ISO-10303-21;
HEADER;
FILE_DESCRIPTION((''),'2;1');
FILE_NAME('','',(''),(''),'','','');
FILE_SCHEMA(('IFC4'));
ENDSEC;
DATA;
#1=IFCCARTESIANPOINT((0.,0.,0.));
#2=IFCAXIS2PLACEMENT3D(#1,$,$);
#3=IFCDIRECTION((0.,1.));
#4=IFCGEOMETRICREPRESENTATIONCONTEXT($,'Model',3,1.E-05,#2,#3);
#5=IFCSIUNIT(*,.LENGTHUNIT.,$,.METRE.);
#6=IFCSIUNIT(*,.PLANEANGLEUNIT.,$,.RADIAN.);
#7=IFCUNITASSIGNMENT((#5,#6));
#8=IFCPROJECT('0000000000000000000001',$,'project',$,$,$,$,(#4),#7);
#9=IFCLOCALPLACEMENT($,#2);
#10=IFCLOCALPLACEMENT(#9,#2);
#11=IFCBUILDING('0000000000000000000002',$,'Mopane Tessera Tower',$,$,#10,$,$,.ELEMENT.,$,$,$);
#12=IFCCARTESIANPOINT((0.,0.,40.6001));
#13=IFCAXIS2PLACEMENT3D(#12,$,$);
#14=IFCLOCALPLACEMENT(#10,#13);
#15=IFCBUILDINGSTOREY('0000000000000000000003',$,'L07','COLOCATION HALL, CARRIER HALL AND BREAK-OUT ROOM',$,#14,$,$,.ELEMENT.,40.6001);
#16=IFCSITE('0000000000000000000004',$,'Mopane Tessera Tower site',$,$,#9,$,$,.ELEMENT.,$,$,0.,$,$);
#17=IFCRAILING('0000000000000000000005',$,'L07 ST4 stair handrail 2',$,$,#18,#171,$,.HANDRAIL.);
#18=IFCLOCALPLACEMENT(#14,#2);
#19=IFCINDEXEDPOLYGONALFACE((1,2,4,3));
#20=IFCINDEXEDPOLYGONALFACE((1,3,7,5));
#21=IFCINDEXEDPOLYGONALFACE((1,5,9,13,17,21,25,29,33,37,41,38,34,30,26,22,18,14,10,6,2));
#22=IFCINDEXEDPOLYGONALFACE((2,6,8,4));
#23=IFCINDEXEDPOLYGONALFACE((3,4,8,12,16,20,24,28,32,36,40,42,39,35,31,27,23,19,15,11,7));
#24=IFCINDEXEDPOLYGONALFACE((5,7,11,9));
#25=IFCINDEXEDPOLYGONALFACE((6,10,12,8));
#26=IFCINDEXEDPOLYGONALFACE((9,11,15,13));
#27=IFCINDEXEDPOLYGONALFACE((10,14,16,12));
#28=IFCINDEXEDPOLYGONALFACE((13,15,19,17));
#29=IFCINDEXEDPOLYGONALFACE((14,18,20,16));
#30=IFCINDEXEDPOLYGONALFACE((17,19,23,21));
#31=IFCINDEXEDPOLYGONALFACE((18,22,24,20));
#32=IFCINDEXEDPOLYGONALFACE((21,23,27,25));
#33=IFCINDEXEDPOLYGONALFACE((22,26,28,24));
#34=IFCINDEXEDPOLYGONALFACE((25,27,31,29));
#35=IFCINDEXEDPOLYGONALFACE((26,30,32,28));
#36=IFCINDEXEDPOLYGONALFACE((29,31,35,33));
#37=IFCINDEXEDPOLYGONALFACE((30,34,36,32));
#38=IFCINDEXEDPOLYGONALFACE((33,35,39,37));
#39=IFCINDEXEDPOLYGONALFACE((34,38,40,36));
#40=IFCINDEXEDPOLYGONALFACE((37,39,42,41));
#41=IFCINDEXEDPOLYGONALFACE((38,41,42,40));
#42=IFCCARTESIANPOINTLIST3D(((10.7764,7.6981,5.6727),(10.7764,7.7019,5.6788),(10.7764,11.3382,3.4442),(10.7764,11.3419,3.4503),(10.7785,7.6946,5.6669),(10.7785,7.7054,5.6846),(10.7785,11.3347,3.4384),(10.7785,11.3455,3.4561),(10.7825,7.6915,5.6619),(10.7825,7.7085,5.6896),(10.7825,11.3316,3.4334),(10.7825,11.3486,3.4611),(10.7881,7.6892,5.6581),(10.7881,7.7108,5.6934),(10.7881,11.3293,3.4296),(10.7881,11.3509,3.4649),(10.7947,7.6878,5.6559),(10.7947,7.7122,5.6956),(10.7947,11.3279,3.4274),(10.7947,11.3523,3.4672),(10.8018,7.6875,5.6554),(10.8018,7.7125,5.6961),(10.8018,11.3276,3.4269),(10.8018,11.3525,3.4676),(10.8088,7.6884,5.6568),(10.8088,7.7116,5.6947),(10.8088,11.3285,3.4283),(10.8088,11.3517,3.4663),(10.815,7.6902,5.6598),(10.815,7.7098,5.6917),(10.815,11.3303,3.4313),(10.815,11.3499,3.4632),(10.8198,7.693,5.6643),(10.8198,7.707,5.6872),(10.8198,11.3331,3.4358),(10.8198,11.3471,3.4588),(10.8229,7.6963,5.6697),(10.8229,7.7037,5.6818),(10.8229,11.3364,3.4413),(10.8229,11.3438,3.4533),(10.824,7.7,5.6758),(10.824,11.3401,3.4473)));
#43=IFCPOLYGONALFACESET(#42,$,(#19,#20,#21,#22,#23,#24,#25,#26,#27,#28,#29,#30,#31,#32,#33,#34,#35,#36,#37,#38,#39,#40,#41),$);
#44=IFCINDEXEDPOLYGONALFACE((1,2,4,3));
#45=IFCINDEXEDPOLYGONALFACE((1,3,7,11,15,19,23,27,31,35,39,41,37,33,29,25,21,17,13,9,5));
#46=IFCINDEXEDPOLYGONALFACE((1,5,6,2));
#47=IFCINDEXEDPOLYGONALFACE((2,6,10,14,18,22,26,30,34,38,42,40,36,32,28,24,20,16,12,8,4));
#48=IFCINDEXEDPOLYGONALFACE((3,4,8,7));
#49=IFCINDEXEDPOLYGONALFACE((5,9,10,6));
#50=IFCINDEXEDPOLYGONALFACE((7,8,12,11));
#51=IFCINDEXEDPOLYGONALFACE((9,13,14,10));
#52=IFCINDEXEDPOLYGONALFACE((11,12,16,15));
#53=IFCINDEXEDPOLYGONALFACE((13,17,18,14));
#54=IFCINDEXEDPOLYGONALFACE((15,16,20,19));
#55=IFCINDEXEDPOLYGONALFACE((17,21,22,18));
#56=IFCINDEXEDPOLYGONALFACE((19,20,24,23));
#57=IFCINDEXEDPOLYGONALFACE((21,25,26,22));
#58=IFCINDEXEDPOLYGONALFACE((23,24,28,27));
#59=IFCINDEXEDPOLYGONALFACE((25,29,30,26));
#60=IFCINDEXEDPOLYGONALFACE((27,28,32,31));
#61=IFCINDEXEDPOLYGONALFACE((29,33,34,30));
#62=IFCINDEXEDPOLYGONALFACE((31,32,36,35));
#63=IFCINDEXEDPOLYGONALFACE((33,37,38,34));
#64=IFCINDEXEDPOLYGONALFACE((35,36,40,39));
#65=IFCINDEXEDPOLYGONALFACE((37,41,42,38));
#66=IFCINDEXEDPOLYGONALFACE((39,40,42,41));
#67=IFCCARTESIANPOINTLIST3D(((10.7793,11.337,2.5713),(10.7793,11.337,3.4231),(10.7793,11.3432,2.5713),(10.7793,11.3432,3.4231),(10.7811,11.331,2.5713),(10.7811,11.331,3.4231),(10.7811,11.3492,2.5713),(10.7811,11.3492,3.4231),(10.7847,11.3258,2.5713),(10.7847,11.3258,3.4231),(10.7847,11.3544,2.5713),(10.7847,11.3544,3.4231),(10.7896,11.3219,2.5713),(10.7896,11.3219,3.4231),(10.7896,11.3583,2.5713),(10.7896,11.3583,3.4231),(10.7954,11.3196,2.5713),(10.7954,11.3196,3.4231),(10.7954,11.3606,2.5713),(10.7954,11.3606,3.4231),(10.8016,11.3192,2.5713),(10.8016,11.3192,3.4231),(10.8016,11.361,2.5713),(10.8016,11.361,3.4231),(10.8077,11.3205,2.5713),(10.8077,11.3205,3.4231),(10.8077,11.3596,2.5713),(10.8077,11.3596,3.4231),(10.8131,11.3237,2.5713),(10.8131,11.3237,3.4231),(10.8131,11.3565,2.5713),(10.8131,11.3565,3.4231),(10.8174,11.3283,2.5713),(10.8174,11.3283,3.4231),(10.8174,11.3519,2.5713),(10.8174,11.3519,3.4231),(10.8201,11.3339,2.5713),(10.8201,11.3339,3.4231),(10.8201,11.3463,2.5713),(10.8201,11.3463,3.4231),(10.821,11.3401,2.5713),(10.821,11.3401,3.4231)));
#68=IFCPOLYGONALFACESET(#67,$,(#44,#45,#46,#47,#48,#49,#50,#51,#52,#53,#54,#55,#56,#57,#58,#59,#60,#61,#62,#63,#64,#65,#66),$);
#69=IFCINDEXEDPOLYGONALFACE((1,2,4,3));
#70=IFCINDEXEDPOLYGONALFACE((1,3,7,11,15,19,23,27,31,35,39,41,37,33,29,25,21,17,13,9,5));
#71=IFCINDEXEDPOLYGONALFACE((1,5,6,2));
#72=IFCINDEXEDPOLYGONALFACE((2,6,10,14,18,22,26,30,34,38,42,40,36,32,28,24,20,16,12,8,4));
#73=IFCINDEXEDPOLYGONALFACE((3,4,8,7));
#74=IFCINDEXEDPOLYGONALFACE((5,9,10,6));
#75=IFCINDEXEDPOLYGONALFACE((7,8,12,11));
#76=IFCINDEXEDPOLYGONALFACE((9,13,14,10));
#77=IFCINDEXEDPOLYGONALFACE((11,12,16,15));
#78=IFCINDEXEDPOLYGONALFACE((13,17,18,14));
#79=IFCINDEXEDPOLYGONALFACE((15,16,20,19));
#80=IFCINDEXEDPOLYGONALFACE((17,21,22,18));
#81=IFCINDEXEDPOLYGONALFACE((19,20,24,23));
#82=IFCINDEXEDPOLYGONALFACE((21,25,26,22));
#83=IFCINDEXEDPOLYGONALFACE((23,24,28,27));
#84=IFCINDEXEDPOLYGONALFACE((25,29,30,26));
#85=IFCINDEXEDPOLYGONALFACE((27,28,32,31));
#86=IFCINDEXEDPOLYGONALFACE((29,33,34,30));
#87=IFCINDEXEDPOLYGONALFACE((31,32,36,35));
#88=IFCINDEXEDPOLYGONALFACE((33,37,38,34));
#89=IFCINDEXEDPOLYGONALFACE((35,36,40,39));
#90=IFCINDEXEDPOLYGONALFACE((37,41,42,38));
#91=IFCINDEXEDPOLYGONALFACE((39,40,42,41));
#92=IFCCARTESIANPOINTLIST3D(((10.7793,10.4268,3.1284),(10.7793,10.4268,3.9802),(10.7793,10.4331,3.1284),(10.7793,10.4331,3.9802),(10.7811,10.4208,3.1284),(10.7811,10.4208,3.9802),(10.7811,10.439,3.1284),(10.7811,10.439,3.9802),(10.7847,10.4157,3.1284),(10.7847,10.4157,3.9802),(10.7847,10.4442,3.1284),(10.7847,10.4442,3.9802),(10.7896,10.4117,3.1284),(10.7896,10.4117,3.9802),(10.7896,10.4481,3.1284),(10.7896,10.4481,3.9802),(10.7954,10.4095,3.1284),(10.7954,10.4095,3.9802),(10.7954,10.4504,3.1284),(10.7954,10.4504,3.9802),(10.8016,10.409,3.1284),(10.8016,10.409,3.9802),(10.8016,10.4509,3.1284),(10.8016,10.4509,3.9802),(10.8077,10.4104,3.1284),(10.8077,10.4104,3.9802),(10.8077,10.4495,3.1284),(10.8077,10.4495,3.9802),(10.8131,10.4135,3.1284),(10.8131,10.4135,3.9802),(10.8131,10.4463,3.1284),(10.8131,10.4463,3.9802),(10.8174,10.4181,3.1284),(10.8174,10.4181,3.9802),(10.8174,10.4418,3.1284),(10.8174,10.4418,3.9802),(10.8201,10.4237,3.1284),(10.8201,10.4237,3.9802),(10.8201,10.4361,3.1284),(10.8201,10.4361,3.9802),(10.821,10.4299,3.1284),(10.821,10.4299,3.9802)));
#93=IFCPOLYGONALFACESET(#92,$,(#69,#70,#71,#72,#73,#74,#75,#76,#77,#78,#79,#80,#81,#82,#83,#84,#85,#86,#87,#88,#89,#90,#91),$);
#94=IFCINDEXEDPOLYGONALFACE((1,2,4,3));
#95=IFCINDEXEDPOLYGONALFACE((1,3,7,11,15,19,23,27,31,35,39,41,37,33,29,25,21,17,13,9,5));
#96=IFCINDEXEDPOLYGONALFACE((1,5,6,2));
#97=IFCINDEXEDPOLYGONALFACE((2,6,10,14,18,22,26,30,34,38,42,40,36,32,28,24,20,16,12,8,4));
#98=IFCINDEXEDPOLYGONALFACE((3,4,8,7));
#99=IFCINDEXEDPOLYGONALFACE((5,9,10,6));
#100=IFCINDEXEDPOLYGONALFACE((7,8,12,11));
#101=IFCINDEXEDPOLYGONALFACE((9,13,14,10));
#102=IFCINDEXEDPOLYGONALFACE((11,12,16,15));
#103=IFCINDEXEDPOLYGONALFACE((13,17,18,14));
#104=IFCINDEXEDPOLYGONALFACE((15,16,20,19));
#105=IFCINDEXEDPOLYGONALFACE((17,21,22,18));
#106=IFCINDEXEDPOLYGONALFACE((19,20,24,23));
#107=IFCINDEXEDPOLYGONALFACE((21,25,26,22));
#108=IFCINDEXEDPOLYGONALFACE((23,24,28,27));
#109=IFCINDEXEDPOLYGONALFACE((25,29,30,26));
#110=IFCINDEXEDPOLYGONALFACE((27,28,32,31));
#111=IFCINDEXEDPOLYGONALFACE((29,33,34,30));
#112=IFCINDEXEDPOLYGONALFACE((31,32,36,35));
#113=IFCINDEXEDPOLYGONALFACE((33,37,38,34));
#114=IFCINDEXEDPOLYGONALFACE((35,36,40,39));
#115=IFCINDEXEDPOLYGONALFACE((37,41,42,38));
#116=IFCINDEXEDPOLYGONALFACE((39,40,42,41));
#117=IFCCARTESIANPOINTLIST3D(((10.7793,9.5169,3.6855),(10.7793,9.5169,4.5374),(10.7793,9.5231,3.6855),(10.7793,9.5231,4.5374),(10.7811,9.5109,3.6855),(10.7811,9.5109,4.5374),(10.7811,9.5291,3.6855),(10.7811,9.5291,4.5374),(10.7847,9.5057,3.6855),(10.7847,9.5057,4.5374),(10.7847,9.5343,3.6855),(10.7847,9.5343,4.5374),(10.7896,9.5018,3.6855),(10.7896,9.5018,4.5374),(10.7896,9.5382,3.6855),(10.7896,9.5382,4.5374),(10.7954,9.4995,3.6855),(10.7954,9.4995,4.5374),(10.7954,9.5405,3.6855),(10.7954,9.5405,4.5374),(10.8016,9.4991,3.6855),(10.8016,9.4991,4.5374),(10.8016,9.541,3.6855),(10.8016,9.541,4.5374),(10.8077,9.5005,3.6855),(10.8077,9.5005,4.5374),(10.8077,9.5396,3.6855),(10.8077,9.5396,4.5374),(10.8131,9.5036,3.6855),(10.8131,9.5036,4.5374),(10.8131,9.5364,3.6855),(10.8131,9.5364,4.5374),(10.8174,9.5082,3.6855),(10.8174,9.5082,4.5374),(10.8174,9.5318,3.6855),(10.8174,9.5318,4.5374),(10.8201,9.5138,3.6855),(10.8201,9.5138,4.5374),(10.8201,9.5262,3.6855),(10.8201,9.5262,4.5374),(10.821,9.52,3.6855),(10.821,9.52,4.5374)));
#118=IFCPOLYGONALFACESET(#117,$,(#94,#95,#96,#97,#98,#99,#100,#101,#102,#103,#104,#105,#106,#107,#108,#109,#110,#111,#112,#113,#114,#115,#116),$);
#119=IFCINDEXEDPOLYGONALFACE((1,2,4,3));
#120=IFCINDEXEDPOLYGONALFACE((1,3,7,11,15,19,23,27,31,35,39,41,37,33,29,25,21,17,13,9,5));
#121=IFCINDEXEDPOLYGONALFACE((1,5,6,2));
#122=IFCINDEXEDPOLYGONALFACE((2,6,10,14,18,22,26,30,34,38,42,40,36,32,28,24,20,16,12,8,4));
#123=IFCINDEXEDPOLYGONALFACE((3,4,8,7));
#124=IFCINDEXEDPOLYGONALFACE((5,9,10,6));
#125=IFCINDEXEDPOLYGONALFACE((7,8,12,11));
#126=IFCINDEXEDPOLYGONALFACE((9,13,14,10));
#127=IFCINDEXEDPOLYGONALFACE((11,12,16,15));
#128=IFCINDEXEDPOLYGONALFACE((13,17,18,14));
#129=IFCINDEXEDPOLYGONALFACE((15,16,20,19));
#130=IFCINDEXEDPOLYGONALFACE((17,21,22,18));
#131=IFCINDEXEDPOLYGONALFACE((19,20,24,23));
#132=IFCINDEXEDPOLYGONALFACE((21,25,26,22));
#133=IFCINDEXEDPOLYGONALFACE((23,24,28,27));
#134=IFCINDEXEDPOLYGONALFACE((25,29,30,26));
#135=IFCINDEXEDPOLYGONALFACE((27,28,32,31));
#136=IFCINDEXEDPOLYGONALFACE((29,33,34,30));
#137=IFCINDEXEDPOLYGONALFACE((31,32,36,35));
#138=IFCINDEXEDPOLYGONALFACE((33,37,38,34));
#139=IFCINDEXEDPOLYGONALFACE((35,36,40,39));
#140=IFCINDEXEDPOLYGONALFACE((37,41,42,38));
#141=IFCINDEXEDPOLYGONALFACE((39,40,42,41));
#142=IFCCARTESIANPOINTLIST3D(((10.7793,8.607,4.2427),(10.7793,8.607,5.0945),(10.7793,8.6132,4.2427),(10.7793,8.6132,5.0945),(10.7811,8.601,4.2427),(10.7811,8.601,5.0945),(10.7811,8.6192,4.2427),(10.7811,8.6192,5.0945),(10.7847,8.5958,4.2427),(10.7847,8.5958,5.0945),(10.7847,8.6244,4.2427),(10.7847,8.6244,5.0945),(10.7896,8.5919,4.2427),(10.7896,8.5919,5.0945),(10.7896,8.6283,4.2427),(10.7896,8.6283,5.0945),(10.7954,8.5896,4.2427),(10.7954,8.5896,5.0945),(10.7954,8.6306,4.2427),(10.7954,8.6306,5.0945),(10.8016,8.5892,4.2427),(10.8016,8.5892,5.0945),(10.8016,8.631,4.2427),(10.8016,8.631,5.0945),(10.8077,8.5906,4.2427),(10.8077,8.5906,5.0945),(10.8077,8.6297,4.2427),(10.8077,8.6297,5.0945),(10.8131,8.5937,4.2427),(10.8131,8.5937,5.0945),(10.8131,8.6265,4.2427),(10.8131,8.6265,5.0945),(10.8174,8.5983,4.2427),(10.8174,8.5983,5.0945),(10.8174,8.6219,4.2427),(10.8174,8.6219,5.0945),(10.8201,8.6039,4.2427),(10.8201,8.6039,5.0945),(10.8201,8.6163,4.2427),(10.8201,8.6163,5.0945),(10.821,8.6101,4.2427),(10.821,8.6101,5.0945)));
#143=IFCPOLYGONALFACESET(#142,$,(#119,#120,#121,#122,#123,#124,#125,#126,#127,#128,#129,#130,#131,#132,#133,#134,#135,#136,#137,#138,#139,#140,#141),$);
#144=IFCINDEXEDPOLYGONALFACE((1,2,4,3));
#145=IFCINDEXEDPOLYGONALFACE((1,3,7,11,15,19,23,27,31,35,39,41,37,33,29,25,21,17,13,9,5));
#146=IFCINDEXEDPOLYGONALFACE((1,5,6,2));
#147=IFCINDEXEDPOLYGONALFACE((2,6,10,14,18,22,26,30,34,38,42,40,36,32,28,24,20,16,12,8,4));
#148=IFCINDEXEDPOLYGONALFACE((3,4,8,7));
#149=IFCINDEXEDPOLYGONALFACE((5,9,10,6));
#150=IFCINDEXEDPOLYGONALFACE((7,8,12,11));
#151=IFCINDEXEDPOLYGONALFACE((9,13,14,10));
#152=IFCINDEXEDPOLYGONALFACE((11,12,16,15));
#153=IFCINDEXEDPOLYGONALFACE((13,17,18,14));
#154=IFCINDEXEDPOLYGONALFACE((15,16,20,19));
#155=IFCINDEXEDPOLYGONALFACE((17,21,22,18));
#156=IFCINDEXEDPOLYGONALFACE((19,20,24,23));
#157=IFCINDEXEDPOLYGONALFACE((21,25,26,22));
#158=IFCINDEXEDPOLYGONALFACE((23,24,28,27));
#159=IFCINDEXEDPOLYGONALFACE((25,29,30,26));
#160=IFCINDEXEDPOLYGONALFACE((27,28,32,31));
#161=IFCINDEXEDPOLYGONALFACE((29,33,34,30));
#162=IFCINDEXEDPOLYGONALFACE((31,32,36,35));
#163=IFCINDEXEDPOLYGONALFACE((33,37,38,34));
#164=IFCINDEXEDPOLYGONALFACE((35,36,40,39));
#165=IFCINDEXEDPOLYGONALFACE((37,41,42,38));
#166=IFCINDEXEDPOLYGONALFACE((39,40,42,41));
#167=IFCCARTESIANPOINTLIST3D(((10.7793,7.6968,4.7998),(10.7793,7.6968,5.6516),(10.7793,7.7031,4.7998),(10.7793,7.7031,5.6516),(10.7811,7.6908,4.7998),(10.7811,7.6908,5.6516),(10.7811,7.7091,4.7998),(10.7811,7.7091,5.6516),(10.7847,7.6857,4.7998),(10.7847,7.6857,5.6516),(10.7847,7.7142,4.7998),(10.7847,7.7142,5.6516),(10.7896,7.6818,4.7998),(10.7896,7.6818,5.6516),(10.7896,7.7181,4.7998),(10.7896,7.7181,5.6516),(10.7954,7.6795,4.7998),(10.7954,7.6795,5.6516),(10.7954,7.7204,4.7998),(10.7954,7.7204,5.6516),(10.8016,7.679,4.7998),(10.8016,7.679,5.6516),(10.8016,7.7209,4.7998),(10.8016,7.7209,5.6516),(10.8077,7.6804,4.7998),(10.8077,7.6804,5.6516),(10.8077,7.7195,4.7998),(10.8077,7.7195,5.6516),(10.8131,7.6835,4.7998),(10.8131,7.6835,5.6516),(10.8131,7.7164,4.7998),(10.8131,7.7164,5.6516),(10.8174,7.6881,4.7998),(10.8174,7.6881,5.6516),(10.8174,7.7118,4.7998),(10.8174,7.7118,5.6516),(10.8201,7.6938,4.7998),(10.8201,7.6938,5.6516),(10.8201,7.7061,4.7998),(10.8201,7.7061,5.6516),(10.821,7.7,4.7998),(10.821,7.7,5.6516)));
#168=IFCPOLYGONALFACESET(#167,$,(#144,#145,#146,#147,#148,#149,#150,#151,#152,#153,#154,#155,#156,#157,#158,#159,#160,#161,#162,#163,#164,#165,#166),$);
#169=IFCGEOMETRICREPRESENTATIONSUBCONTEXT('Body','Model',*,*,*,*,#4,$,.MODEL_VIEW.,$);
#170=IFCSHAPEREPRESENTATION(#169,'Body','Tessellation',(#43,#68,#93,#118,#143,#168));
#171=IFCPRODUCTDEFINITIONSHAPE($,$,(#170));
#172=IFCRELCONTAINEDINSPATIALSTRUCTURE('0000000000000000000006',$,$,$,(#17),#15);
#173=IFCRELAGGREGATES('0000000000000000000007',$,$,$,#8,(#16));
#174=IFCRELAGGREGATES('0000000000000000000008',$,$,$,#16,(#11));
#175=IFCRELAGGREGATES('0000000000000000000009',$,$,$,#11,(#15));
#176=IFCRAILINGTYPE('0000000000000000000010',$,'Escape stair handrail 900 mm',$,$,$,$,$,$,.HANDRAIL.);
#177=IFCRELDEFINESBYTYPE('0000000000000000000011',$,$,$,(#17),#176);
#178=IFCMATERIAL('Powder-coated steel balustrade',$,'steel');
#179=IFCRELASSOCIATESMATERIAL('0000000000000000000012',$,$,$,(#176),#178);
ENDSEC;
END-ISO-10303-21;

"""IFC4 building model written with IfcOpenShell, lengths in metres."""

from ifc_helpers import new_model, si_unit, direction, frame, origin, origin_2d, place, context, subcontext, project, spatial, circle, extrude, material, type_object, element, save


model = new_model("IFC4")

# Units and contexts
model_context = context("Model", 3, precision=1e-05, world=origin(), true_north=direction((0.0, 1.0)))
body_context = subcontext(model_context, "Body", "Model", "MODEL_VIEW")
ifc_project = project(units=[si_unit("LENGTHUNIT", "METRE"), si_unit("PLANEANGLEUNIT", "RADIAN")], contexts=[model_context])

# Site, building, storey
site_placement = place(None, origin())
site = spatial("IfcSite", under=ifc_project, at=site_placement, Name="Mopane Tessera Tower site", CompositionType="ELEMENT", RefElevation=0.0)
building_placement = place(site_placement, origin())
building = spatial("IfcBuilding", under=site, at=building_placement, Name="Mopane Tessera Tower", CompositionType="ELEMENT")
storey_placement = place(building_placement, frame((0.0, 0.0, 40.6001)))
storey = spatial("IfcBuildingStorey", under=building, at=storey_placement, Name="L07", Description="COLOCATION HALL, CARRIER HALL AND BREAK-OUT ROOM", CompositionType="ELEMENT", Elevation=40.6001)

# Railing
ifc_material_1 = material(Name="Powder-coated steel balustrade", Category="steel")
railing_type_1 = type_object("IfcRailingType", Name="Escape stair handrail 900 mm", PredefinedType="HANDRAIL", material=ifc_material_1)
railing_1_placement = place(storey_placement, frame((10.8, 11.3401, 2.5713)))
element("IfcRailing", 1, at=railing_1_placement, inside=storey, type_object=railing_type_1, Name="L07 ST4 stair handrail 2", PredefinedType="HANDRAIL", context=body_context, shape_type="SweptSolid", body=[
    extrude(circle(Radius=0.0239, at=origin_2d()), frame((0.0, 0.0, 0.876), z_axis=(0.0, -0.852866, 0.52213), x_axis=(1.0, 0.0, 0.0)), (0.0, 0.0, 1.0), 4.2681),
    extrude(circle(Radius=0.021, at=origin_2d()), origin(), (0.0, 0.0, 1.0), 0.8518),
    extrude(circle(Radius=0.021, at=origin_2d()), frame((0.0, -0.9102, 0.5571)), (0.0, 0.0, 1.0), 0.8518),
    extrude(circle(Radius=0.021, at=origin_2d()), frame((0.0, -1.8201, 1.1143)), (0.0, 0.0, 1.0), 0.8518),
    extrude(circle(Radius=0.021, at=origin_2d()), frame((0.0, -2.73, 1.6714)), (0.0, 0.0, 1.0), 0.8518),
    extrude(circle(Radius=0.021, at=origin_2d()), frame((0.0, -3.6401, 2.2285)), (0.0, 0.0, 1.0), 0.8518),
])

save(model, "model.ifc")
